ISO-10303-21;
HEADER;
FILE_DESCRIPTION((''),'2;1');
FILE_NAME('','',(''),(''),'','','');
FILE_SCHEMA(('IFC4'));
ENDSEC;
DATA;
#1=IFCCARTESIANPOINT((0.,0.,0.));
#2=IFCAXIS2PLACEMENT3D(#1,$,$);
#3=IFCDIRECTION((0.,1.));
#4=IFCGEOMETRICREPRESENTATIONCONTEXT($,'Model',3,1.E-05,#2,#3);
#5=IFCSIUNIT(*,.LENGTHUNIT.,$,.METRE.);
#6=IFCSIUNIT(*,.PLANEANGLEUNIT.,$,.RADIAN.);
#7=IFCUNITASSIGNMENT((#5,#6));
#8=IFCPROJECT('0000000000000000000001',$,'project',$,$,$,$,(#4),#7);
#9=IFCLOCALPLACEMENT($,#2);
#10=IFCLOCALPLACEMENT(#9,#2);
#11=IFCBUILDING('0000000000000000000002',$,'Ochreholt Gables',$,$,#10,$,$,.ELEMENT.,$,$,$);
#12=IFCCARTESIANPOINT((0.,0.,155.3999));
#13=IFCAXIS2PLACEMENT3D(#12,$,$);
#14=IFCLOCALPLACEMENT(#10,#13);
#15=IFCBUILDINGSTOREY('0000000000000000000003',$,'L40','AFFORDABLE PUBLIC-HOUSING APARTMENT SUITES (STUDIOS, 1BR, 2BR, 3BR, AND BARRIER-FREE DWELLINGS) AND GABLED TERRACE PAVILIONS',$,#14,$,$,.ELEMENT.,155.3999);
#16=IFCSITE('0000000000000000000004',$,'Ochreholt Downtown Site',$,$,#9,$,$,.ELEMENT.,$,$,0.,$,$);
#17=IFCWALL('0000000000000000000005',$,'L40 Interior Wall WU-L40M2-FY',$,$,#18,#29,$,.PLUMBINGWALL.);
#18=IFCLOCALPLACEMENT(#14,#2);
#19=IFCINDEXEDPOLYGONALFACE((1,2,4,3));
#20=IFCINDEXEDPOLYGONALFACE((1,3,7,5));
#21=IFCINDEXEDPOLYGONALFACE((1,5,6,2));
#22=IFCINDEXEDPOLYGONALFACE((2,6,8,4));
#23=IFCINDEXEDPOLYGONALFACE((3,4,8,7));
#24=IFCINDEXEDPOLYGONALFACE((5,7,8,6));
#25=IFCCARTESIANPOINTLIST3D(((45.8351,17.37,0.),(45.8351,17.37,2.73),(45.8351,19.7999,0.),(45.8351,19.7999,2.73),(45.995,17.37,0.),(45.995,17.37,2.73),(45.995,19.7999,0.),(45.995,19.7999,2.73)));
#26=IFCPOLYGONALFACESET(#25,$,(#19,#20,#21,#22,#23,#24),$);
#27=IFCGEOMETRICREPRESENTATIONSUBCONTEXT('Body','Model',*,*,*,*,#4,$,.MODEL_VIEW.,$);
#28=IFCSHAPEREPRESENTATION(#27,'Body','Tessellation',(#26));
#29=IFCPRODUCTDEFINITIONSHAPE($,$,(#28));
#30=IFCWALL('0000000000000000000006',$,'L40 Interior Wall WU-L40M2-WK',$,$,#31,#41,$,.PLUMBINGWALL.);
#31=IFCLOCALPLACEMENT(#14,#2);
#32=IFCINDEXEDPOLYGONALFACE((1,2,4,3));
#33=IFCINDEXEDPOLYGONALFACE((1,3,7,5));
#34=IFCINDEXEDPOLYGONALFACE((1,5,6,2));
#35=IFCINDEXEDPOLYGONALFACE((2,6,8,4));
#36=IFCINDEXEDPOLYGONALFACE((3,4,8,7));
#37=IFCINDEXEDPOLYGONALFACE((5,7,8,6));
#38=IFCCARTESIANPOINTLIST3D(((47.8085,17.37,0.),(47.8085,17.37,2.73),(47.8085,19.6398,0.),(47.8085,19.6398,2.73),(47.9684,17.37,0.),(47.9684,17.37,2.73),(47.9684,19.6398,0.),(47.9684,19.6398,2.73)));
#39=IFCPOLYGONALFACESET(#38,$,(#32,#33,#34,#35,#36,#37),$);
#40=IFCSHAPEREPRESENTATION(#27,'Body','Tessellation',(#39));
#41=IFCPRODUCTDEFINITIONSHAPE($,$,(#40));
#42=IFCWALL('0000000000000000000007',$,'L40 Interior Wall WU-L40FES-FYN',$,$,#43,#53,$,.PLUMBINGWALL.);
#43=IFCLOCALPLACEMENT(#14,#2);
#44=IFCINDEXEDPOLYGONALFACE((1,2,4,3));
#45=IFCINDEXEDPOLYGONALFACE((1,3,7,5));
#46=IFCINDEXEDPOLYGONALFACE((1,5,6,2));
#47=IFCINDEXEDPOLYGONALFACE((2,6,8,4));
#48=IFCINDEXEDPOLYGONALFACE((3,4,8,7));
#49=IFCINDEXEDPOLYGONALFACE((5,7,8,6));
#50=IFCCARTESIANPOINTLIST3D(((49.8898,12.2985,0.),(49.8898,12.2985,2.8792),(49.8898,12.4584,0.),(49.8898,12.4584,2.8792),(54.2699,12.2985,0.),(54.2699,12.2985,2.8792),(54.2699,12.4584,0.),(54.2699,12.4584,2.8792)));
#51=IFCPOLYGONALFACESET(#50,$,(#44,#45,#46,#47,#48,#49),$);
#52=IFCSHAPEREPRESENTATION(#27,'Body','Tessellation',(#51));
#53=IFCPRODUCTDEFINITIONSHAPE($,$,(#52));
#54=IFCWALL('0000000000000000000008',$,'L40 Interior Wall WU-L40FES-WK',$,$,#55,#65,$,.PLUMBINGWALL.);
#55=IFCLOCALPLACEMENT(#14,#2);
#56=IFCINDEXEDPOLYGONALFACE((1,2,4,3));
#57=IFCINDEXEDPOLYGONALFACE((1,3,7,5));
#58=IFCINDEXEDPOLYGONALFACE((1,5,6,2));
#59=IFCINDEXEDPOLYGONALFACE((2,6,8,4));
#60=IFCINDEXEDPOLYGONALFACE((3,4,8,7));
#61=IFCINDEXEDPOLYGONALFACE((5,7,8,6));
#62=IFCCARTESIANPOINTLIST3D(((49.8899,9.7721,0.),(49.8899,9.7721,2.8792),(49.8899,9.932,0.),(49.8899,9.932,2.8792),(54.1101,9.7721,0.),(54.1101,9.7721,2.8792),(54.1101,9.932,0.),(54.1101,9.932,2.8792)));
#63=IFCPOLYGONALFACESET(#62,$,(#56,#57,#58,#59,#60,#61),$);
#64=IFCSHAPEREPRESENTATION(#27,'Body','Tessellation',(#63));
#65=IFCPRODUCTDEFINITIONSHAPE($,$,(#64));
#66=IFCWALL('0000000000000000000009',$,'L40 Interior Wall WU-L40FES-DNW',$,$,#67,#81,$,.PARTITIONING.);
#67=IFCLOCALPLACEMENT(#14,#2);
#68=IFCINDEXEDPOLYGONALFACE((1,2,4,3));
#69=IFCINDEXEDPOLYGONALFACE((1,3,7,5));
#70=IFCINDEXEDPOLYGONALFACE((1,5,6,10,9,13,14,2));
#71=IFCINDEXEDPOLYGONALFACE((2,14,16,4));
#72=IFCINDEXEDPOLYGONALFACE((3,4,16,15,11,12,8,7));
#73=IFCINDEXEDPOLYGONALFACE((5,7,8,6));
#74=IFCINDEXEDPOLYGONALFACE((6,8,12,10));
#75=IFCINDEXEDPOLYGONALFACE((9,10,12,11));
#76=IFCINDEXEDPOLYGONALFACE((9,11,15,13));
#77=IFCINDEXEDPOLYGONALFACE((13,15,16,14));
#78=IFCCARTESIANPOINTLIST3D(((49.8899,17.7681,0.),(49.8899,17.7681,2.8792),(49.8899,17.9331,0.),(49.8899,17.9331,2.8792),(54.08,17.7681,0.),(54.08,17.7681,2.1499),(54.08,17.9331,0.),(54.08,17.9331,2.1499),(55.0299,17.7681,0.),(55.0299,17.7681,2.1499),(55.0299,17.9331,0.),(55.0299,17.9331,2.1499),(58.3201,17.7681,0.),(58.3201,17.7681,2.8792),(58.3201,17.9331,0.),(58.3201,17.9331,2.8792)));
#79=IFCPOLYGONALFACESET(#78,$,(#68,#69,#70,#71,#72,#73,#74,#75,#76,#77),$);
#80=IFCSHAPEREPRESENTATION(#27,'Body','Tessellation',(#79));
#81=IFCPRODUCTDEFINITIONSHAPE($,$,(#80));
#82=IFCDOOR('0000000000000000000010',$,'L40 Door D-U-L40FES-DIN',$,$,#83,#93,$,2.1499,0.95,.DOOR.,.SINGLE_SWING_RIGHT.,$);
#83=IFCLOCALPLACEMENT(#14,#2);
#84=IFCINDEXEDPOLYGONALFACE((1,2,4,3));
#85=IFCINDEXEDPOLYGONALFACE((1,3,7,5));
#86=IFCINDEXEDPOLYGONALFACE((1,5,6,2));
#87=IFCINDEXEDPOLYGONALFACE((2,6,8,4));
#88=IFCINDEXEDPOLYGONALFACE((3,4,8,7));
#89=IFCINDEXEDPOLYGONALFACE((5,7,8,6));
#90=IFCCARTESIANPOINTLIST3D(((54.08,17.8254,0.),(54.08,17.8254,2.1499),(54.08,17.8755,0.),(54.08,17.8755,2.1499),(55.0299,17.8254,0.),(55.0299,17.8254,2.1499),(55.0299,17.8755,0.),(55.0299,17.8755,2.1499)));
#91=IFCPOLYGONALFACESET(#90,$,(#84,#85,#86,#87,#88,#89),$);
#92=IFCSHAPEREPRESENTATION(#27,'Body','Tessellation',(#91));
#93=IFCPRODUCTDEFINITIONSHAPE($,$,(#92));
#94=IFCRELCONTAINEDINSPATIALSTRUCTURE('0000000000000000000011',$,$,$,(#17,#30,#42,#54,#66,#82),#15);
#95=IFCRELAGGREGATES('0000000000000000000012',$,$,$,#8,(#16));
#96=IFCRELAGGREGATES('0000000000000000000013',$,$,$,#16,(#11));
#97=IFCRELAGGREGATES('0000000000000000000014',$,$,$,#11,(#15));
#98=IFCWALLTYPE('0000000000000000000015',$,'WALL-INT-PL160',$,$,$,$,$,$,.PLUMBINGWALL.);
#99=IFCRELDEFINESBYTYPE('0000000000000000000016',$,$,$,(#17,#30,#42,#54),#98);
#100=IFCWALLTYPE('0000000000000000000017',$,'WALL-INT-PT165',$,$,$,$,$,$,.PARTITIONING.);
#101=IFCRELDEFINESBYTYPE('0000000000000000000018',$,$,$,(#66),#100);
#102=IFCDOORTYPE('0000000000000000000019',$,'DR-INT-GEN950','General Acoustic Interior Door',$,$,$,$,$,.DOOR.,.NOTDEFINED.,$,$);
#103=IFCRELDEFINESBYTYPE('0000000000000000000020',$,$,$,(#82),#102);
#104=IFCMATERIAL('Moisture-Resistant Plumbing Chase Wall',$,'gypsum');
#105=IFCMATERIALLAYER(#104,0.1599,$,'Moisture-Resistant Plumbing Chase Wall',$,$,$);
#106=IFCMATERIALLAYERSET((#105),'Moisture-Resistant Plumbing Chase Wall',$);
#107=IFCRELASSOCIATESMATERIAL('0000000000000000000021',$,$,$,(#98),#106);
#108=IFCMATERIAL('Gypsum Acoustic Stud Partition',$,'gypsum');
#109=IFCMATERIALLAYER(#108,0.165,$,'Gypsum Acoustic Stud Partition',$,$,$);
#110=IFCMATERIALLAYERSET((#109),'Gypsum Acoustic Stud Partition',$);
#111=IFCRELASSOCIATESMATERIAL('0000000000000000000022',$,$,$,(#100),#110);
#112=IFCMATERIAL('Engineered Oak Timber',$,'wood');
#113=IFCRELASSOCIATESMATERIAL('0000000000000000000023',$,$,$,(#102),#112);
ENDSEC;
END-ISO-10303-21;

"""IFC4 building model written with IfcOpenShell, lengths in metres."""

from ifc_helpers import new_model, si_unit, direction, frame, frame_2d, origin, place, context, subcontext, project, spatial, rectangle, extrude, material, layer, layer_set, type_object, element, fill, save


model = new_model("IFC4")

# Units and contexts
model_context = context("Model", 3, precision=1e-05, world=origin(), true_north=direction((0.0, 1.0)))
body_context = subcontext(model_context, "Body", "Model", "MODEL_VIEW")
ifc_project = project(units=[si_unit("LENGTHUNIT", "METRE"), si_unit("PLANEANGLEUNIT", "RADIAN")], contexts=[model_context])

# Site, building, storey
site_placement = place(None, origin())
site = spatial("IfcSite", under=ifc_project, at=site_placement, Name="Ochreholt Downtown Site", CompositionType="ELEMENT", RefElevation=0.0)
building_placement = place(site_placement, origin())
building = spatial("IfcBuilding", under=site, at=building_placement, Name="Ochreholt Gables", CompositionType="ELEMENT")
storey_placement = place(building_placement, frame((0.0, 0.0, 155.3999)))
storey = spatial("IfcBuildingStorey", under=building, at=storey_placement, Name="L40", Description="AFFORDABLE PUBLIC-HOUSING APARTMENT SUITES (STUDIOS, 1BR, 2BR, 3BR, AND BARRIER-FREE DWELLINGS) AND GABLED TERRACE PAVILIONS", CompositionType="ELEMENT", Elevation=155.3999)

# Shared definitions
ifc_material_1 = material(Name="Engineered Oak Timber", Category="wood")

# Walls
ifc_material_2 = material(Name="Moisture-Resistant Plumbing Chase Wall", Category="gypsum")
ifc_layer_1 = layer(ifc_material_2, 0.1599, Name="Moisture-Resistant Plumbing Chase Wall")
ifc_layer_set_1 = layer_set([ifc_layer_1], Name="Moisture-Resistant Plumbing Chase Wall")
wall_type_1 = type_object("IfcWallType", Name="WALL-INT-PL160", PredefinedType="PLUMBINGWALL", material=ifc_layer_set_1)
wall_1_placement = place(storey_placement, frame((45.915, 17.3701, 0.0), z_axis=(0.0, 0.0, 1.0), x_axis=(0.0, 1.0, 0.0)))
element("IfcWall", 1, at=wall_1_placement, inside=storey, type_object=wall_type_1, Name="L40 Interior Wall WU-L40M2-FY", PredefinedType="PLUMBINGWALL", context=body_context, shape_type="SweptSolid", body=[
    extrude(rectangle(XDim=2.4299, YDim=0.1599, at=frame_2d((1.2148, 0.0))), origin(), (0.0, 0.0, 1.0), 2.73),
])
wall_2_placement = place(storey_placement, frame((47.8884, 17.3701, 0.0), z_axis=(0.0, 0.0, 1.0), x_axis=(0.0, 1.0, 0.0)))
element("IfcWall", 2, at=wall_2_placement, inside=storey, type_object=wall_type_1, Name="L40 Interior Wall WU-L40M2-WK", PredefinedType="PLUMBINGWALL", context=body_context, shape_type="SweptSolid", body=[
    extrude(rectangle(XDim=2.2698, YDim=0.1599, at=frame_2d((1.1348, 0.0))), origin(), (0.0, 0.0, 1.0), 2.73),
])
wall_3_placement = place(storey_placement, frame((49.8899, 12.3784, 0.0), z_axis=(0.0, 0.0, 1.0), x_axis=(1.0, 0.0, 0.0)))
element("IfcWall", 3, at=wall_3_placement, inside=storey, type_object=wall_type_1, Name="L40 Interior Wall WU-L40FES-FYN", PredefinedType="PLUMBINGWALL", context=body_context, shape_type="SweptSolid", body=[
    extrude(rectangle(XDim=4.3801, YDim=0.1599, at=frame_2d((2.1899, 0.0))), origin(), (0.0, 0.0, 1.0), 2.8792),
])
wall_4_placement = place(storey_placement, frame((49.8899, 9.8521, 0.0), z_axis=(0.0, 0.0, 1.0), x_axis=(1.0, 0.0, 0.0)))
element("IfcWall", 4, at=wall_4_placement, inside=storey, type_object=wall_type_1, Name="L40 Interior Wall WU-L40FES-WK", PredefinedType="PLUMBINGWALL", context=body_context, shape_type="SweptSolid", body=[
    extrude(rectangle(XDim=4.2202, YDim=0.1599, at=frame_2d((2.1101, 0.0))), origin(), (0.0, 0.0, 1.0), 2.8792),
])

# Wall, opening, door
ifc_material_3 = material(Name="Gypsum Acoustic Stud Partition", Category="gypsum")
ifc_layer_2 = layer(ifc_material_3, 0.165, Name="Gypsum Acoustic Stud Partition")
ifc_layer_set_2 = layer_set([ifc_layer_2], Name="Gypsum Acoustic Stud Partition")
wall_type_2 = type_object("IfcWallType", Name="WALL-INT-PT165", PredefinedType="PARTITIONING", material=ifc_layer_set_2)
wall_5_placement = place(storey_placement, frame((49.8899, 17.8506, 0.0), z_axis=(0.0, 0.0, 1.0), x_axis=(1.0, 0.0, 0.0)))
wall_5 = element("IfcWall", 5, at=wall_5_placement, inside=storey, type_object=wall_type_2, Name="L40 Interior Wall WU-L40FES-DNW", PredefinedType="PARTITIONING", context=body_context, shape_type="SweptSolid", body=[
    extrude(rectangle(XDim=8.4302, YDim=0.165, at=frame_2d((4.2151, 0.0))), origin(), (0.0, 0.0, 1.0), 2.8792),
])
opening_1_placement = place(wall_5_placement, frame((4.1899, 0.0, 0.0)))
opening_1 = element("IfcOpeningElement", 6, at=opening_1_placement, cuts=wall_5, PredefinedType="OPENING", context=body_context, shape_type="SweptSolid", body=[
    extrude(rectangle(XDim=0.95, YDim=2.1499, at=frame_2d((0.4751, 1.075))), frame((0.0, 0.0925, 0.0), z_axis=(0.0, -1.0, 0.0), x_axis=(1.0, 0.0, 0.0)), (0.0, 0.0, 1.0), 0.1851),
])
door_type_1 = type_object("IfcDoorType", Name="DR-INT-GEN950", Description="General Acoustic Interior Door", OperationType="NOTDEFINED", PredefinedType="DOOR", material=ifc_material_1)
door_1_placement = place(opening_1_placement, origin())
door_1 = element("IfcDoor", 7, at=door_1_placement, inside=storey, type_object=door_type_1, Name="L40 Door D-U-L40FES-DIN", OperationType="SINGLE_SWING_RIGHT", OverallHeight=2.1499, OverallWidth=0.95, PredefinedType="DOOR", context=body_context, shape_type="SweptSolid", body=[
    extrude(rectangle(XDim=0.95, YDim=2.1499, at=frame_2d((0.4751, 1.075))), frame((0.0, 0.0249, 0.0), z_axis=(0.0, -1.0, 0.0), x_axis=(1.0, 0.0, 0.0)), (0.0, 0.0, 1.0), 0.05),
])
fill(opening_1, door_1)

save(model, "model.ifc")
